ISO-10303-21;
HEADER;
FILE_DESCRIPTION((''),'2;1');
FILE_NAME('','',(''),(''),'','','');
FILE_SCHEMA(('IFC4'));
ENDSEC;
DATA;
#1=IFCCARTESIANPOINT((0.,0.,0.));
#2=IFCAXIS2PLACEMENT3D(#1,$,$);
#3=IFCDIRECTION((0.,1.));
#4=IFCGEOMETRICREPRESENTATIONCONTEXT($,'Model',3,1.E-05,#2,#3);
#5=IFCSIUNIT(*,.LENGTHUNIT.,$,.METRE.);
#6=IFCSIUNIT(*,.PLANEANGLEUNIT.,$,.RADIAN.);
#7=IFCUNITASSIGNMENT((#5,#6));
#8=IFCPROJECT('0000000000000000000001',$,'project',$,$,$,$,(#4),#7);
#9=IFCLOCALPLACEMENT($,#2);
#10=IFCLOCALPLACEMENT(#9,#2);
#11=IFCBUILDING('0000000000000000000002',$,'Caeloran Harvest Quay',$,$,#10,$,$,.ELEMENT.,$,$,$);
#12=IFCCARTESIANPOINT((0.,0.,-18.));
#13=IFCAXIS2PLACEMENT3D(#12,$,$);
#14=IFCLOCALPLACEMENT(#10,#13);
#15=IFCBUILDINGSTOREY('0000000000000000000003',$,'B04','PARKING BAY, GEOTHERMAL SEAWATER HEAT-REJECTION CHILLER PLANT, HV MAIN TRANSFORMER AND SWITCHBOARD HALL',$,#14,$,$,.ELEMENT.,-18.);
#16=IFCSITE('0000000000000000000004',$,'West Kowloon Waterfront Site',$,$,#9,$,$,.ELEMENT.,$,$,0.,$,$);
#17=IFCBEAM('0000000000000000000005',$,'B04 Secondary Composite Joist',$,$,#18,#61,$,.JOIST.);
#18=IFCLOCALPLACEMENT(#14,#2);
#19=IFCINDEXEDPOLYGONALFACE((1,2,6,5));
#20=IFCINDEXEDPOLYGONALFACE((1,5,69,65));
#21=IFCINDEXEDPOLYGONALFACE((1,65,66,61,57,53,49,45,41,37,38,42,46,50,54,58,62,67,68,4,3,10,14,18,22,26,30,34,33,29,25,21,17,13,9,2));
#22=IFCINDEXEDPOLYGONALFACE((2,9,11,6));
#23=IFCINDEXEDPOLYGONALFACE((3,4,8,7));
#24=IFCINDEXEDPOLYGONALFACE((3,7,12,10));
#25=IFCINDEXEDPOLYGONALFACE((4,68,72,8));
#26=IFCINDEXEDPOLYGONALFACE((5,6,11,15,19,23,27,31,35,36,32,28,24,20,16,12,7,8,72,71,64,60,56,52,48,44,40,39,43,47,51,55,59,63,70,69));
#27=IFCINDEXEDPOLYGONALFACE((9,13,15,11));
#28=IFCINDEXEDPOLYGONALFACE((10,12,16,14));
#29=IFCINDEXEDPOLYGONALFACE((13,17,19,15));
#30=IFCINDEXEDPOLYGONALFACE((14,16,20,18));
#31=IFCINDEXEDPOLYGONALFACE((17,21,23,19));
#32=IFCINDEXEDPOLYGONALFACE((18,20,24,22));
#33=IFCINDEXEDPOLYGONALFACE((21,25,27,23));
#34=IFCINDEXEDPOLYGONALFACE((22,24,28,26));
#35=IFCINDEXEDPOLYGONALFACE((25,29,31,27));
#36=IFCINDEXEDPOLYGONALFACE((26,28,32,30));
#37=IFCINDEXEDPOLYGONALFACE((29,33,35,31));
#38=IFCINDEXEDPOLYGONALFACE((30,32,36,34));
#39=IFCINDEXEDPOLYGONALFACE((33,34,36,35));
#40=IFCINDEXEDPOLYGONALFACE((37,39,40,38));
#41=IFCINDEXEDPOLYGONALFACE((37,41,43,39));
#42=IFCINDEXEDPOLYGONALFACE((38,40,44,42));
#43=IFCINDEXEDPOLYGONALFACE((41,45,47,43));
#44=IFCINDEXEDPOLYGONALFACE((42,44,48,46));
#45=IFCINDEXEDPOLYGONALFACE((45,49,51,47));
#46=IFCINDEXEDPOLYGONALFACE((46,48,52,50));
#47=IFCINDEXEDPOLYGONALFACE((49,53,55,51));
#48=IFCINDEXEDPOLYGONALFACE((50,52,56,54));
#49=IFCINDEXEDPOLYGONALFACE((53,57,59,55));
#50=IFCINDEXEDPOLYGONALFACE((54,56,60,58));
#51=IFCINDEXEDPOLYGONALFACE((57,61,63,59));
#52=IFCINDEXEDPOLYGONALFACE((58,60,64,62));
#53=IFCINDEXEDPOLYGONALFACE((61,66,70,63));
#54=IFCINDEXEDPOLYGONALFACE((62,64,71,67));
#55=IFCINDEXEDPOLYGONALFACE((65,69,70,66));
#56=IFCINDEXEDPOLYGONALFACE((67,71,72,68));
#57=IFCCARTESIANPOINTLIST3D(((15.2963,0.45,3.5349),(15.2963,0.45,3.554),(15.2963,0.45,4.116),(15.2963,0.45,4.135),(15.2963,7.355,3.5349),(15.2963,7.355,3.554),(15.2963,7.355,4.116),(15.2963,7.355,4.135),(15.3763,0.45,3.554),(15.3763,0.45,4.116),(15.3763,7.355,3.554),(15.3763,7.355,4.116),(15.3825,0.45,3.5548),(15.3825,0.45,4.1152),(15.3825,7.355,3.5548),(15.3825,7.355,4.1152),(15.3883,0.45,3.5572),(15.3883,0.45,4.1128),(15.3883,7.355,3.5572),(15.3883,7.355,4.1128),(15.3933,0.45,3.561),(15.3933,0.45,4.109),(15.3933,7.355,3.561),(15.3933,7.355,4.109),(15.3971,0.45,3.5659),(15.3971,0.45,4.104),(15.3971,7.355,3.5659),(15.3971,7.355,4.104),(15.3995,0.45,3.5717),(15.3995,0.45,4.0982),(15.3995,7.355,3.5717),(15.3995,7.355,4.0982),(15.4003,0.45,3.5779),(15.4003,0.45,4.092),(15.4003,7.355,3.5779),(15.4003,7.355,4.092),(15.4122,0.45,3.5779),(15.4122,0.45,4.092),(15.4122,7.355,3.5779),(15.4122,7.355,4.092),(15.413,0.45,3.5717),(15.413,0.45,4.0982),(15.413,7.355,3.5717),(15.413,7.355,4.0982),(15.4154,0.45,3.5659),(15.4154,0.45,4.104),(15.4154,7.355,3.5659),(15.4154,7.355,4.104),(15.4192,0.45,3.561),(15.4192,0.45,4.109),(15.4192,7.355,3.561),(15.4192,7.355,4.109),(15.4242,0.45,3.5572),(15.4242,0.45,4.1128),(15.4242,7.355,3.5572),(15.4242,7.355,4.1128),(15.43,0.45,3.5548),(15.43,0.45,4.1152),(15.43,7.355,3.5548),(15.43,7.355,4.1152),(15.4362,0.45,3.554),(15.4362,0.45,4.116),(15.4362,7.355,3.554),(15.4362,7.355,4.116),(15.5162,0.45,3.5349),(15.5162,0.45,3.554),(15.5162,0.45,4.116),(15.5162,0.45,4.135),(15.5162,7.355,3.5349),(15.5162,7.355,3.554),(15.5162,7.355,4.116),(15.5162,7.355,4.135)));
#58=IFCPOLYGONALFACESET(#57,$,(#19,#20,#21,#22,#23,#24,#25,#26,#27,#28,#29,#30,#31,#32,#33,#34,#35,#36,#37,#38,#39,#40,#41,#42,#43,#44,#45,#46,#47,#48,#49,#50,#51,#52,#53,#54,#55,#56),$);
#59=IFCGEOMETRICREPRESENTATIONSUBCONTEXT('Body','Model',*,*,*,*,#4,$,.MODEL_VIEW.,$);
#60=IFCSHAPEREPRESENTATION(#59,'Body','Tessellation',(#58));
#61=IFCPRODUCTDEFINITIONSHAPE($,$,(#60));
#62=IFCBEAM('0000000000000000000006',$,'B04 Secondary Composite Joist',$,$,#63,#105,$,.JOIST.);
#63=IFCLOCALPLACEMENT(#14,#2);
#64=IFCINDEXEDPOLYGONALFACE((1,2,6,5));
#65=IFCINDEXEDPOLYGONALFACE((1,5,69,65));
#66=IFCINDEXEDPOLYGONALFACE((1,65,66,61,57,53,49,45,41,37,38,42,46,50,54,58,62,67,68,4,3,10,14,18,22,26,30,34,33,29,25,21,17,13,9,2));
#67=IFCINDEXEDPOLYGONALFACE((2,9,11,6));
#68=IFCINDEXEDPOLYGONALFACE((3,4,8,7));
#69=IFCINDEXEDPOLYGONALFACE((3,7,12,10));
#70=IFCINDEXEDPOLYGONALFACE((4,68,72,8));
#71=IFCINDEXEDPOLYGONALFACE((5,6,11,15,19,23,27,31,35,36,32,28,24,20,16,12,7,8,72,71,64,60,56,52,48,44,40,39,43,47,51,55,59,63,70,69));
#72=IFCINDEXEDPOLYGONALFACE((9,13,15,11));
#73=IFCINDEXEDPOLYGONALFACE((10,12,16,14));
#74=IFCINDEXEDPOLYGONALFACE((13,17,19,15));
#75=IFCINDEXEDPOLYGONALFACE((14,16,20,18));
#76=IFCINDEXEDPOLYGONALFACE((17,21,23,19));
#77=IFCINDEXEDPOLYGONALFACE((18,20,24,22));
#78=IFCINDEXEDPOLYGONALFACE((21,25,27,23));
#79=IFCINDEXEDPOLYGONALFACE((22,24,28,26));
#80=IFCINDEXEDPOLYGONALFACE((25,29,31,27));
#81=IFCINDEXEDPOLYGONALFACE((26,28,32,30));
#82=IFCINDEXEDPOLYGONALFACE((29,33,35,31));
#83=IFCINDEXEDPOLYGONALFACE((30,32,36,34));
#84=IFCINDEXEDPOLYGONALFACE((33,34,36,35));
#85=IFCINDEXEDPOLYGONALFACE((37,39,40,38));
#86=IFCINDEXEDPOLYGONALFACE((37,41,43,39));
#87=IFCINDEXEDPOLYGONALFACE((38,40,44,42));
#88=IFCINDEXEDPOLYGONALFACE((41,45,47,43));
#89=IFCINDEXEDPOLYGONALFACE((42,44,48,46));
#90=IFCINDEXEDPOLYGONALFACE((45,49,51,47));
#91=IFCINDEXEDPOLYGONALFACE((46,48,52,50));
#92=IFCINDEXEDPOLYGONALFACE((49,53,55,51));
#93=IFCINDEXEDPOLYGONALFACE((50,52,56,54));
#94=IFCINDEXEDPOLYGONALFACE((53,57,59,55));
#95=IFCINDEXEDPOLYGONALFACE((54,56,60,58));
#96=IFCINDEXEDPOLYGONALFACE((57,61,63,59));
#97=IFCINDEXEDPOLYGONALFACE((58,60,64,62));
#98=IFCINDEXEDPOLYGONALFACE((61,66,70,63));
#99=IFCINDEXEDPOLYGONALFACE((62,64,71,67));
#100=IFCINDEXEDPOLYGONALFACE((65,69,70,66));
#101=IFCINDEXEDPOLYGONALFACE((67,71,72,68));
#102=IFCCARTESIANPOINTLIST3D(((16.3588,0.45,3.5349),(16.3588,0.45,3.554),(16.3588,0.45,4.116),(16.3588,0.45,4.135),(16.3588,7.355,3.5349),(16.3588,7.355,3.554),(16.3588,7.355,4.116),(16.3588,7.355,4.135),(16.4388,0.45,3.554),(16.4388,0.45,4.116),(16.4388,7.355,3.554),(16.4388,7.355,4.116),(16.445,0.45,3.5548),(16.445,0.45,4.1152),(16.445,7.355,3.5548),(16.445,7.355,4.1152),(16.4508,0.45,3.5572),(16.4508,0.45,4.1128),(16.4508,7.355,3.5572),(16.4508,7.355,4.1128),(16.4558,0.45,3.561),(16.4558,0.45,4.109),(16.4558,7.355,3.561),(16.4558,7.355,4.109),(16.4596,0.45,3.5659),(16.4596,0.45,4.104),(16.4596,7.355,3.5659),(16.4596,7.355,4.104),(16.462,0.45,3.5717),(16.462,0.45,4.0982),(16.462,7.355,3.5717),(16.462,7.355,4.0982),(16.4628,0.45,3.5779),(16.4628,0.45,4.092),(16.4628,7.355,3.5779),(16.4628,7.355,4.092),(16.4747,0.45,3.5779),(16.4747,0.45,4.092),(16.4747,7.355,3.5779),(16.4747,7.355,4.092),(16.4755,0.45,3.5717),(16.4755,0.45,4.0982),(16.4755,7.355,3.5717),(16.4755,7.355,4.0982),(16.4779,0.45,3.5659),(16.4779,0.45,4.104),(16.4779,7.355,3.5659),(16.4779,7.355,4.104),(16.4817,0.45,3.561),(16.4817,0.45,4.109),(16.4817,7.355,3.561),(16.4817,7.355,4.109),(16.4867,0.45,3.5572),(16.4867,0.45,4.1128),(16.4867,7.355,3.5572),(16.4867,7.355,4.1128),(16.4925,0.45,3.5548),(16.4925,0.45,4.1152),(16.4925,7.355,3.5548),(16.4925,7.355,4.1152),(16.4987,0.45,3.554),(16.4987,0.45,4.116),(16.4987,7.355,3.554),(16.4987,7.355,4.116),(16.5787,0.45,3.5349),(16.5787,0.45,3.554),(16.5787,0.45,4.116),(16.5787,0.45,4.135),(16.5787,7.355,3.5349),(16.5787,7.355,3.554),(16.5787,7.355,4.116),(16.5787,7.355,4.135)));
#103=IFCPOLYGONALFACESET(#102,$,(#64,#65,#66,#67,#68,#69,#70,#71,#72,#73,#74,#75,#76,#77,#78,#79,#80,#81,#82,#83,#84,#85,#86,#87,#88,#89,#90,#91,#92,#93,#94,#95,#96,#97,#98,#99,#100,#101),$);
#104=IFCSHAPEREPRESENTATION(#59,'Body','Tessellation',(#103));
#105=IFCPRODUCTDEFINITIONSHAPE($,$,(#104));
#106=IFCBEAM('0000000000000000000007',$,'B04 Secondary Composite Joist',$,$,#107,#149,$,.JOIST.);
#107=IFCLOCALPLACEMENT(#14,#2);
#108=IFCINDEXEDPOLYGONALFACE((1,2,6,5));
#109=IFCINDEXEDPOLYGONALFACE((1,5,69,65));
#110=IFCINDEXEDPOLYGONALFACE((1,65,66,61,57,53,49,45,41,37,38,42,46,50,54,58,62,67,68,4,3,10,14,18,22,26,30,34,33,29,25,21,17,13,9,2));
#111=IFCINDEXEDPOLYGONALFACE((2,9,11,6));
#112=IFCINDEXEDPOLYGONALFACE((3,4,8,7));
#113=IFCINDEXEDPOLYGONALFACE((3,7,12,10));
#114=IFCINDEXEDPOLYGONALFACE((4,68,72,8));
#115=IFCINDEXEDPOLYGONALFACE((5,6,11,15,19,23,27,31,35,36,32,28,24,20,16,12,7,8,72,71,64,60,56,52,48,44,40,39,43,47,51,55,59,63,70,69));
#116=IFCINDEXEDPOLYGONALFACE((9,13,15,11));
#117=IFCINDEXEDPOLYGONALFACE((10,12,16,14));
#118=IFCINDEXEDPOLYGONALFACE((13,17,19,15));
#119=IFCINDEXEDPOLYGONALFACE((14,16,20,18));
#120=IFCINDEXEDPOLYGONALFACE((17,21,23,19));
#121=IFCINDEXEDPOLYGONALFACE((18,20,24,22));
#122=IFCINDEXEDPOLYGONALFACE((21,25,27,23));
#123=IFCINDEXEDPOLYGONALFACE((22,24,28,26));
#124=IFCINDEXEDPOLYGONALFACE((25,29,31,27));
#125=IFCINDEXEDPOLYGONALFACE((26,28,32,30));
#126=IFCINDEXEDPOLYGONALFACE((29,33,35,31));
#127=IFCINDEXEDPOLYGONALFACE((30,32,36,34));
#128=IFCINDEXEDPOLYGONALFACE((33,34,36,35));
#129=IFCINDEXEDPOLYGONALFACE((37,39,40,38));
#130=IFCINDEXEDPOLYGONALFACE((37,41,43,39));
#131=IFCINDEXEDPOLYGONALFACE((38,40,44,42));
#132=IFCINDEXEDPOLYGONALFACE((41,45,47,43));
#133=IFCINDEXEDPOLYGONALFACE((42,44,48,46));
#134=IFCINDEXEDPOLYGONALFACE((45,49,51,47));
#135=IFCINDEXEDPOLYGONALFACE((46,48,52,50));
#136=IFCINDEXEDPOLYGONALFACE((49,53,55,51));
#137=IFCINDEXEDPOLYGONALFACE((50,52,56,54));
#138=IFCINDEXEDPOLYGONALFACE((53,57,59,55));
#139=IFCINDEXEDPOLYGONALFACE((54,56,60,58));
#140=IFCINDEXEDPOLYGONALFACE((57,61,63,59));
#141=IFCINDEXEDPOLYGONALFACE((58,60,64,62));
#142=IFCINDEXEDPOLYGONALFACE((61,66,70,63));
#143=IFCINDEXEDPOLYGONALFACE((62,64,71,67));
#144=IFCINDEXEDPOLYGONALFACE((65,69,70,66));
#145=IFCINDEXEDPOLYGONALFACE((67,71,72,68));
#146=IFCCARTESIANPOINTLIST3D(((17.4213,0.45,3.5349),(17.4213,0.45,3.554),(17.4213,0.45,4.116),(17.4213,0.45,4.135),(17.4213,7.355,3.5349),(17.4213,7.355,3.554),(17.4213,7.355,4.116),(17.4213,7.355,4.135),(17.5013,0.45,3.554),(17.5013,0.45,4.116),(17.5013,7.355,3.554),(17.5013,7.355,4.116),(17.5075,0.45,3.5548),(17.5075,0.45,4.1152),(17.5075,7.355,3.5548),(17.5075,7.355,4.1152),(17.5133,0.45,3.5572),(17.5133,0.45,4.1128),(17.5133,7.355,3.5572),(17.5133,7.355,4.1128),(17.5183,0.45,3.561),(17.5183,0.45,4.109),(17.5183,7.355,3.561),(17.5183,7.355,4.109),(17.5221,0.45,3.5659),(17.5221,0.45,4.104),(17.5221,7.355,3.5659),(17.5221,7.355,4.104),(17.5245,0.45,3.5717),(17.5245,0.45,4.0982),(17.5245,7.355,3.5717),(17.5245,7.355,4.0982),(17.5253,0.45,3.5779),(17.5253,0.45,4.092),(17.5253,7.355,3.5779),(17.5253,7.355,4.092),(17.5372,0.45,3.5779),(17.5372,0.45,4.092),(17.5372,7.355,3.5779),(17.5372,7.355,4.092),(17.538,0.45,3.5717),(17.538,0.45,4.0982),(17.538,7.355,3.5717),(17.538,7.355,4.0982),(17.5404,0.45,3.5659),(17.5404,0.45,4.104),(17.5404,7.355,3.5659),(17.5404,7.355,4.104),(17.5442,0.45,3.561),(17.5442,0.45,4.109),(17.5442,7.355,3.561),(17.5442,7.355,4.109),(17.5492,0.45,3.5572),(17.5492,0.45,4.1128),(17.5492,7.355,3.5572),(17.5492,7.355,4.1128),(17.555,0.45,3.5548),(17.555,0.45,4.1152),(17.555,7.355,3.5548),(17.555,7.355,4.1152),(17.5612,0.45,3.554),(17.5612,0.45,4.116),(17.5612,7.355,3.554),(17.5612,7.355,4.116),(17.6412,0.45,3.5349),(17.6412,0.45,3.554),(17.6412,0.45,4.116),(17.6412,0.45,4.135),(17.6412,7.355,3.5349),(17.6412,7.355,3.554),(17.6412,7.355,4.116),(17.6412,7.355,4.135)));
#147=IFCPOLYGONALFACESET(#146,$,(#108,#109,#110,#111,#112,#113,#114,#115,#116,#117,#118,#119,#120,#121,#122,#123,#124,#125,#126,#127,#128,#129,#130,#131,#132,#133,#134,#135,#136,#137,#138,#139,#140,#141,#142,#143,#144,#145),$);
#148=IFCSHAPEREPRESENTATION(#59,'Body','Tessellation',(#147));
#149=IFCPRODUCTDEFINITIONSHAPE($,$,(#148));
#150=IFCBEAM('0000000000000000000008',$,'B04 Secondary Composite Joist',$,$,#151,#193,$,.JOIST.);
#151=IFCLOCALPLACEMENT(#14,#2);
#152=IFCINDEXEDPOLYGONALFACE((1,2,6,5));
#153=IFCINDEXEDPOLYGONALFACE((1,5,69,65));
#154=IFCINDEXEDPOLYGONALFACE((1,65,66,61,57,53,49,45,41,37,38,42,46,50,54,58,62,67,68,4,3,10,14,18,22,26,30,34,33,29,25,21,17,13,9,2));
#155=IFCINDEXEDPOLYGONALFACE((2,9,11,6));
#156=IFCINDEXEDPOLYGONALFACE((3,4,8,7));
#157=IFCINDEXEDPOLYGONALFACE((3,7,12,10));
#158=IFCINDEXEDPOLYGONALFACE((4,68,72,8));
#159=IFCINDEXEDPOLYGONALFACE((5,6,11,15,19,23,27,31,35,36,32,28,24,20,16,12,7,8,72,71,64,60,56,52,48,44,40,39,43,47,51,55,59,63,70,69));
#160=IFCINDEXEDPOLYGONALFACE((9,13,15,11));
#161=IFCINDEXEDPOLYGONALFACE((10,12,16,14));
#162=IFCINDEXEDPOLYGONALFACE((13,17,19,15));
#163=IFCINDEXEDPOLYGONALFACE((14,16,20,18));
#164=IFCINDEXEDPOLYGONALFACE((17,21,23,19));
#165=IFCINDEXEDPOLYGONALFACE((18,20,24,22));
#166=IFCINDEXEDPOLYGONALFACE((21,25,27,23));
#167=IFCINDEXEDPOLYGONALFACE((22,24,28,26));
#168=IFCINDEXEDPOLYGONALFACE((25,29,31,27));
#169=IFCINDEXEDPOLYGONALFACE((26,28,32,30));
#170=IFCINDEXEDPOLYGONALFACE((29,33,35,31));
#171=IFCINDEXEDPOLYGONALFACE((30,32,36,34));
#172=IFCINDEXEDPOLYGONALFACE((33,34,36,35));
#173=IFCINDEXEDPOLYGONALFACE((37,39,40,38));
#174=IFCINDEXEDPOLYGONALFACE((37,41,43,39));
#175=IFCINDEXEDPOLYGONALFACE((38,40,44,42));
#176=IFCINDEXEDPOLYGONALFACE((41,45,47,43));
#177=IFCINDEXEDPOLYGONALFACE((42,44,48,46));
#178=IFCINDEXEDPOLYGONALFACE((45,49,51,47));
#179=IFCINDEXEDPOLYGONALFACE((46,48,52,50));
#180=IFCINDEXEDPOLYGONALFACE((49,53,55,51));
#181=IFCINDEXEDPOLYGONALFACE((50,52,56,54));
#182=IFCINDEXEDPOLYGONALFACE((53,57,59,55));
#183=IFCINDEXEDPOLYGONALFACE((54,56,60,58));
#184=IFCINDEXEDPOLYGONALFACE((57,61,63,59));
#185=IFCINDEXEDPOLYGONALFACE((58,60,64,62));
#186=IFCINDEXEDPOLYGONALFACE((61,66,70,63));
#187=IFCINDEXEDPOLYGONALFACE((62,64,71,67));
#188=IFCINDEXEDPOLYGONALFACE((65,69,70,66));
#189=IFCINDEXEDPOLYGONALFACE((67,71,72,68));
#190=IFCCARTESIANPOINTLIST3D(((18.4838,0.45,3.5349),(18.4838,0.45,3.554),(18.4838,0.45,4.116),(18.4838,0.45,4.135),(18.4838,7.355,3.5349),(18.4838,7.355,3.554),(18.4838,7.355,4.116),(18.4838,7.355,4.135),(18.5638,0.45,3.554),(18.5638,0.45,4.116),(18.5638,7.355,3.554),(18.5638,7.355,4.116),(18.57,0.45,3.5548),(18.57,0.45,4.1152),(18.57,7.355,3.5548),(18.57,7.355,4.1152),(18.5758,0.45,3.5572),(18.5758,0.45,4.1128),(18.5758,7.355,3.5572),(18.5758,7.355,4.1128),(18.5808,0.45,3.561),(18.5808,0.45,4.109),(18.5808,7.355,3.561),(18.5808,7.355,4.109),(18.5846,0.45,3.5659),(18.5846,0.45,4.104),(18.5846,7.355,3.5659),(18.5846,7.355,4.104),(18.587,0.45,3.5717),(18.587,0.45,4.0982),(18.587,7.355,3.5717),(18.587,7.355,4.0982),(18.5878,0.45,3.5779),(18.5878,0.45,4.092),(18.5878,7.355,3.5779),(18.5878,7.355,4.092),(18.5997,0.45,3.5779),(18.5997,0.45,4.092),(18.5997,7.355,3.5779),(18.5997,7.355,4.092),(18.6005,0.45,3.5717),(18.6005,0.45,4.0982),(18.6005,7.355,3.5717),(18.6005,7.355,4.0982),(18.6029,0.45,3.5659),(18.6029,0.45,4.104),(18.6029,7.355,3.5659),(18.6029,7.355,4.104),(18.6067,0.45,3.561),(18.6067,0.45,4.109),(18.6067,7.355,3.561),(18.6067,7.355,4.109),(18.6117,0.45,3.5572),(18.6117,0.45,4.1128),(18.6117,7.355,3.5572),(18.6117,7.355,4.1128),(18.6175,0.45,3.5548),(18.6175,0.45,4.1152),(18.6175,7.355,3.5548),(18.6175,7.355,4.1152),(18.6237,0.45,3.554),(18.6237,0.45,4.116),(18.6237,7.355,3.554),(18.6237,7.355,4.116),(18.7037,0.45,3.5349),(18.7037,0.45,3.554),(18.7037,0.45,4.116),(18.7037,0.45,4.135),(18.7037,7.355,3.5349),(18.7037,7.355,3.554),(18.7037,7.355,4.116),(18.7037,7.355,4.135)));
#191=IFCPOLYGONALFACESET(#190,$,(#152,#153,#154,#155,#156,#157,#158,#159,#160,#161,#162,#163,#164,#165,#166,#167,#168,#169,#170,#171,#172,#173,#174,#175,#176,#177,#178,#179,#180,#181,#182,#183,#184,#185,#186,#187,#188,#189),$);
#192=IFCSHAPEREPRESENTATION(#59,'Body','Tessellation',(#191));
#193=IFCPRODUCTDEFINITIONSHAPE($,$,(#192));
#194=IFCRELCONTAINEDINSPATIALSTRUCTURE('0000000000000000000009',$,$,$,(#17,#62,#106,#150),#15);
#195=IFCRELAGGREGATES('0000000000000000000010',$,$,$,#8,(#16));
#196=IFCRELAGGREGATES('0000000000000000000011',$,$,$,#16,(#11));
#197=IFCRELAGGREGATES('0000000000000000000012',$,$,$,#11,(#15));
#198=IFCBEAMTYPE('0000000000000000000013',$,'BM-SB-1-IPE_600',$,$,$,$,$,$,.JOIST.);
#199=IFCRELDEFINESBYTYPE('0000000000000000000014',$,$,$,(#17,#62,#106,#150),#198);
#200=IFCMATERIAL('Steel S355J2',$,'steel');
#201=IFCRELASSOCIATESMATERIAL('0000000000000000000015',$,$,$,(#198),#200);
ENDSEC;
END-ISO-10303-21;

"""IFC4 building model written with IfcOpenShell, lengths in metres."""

from ifc_helpers import new_model, si_unit, direction, frame, origin, origin_2d, place, context, subcontext, project, spatial, i_section, extrude, material, material_profile, profile_set, type_object, element, save


model = new_model("IFC4")

# Units and contexts
model_context = context("Model", 3, precision=1e-05, world=origin(), true_north=direction((0.0, 1.0)))
body_context = subcontext(model_context, "Body", "Model", "MODEL_VIEW")
ifc_project = project(units=[si_unit("LENGTHUNIT", "METRE"), si_unit("PLANEANGLEUNIT", "RADIAN")], contexts=[model_context])

# Site, building, storey
site_placement = place(None, origin())
site = spatial("IfcSite", under=ifc_project, at=site_placement, Name="West Kowloon Waterfront Site", CompositionType="ELEMENT", RefElevation=0.0)
building_placement = place(site_placement, origin())
building = spatial("IfcBuilding", under=site, at=building_placement, Name="Caeloran Harvest Quay", CompositionType="ELEMENT")
storey_placement = place(building_placement, frame((0.0, 0.0, -18.0)))
storey = spatial("IfcBuildingStorey", under=building, at=storey_placement, Name="B04", Description="PARKING BAY, GEOTHERMAL SEAWATER HEAT-REJECTION CHILLER PLANT, HV MAIN TRANSFORMER AND SWITCHBOARD HALL", CompositionType="ELEMENT", Elevation=-18.0)

# Beams
ifc_material_1 = material(Name="Steel S355J2", Category="steel")
ifc_material_profile_1 = material_profile(ifc_material_1, i_section(OverallWidth=0.22, OverallDepth=0.6001, WebThickness=0.012, FlangeThickness=0.019, FilletRadius=0.0239, at=origin_2d()), Name="IPE 600")
ifc_profile_set_1 = profile_set([ifc_material_profile_1], Name="Steel S355J2")
beam_type_1 = type_object("IfcBeamType", Name="BM-SB-1-IPE_600", PredefinedType="JOIST", material=ifc_profile_set_1)
for number, where, z_axis, x_axis, name in (
    (1, (15.4062, 0.45, 3.835), (0.0, 1.0, 0.0), (-1.0, 0.0, 0.0), "B04 Secondary Composite Joist"),
    (2, (16.4688, 0.45, 3.835), (0.0, 1.0, 0.0), (-1.0, 0.0, 0.0), "B04 Secondary Composite Joist"),
    (3, (17.5312, 0.45, 3.835), (0.0, 1.0, 0.0), (-1.0, 0.0, 0.0), "B04 Secondary Composite Joist"),
    (4, (18.5938, 0.45, 3.835), (0.0, 1.0, 0.0), (-1.0, 0.0, 0.0), "B04 Secondary Composite Joist"),
):
    element("IfcBeam", number, at=place(storey_placement, frame(where, z_axis=z_axis, x_axis=x_axis)), inside=storey, type_object=beam_type_1, Name=name, PredefinedType="JOIST", context=body_context, shape_type="SweptSolid", body=[
        extrude(i_section(OverallWidth=0.22, OverallDepth=0.6001, WebThickness=0.012, FlangeThickness=0.019, FilletRadius=0.0239, at=origin_2d()), origin(), (0.0, 0.0, 1.0), 6.905),
    ])

save(model, "model.ifc")
